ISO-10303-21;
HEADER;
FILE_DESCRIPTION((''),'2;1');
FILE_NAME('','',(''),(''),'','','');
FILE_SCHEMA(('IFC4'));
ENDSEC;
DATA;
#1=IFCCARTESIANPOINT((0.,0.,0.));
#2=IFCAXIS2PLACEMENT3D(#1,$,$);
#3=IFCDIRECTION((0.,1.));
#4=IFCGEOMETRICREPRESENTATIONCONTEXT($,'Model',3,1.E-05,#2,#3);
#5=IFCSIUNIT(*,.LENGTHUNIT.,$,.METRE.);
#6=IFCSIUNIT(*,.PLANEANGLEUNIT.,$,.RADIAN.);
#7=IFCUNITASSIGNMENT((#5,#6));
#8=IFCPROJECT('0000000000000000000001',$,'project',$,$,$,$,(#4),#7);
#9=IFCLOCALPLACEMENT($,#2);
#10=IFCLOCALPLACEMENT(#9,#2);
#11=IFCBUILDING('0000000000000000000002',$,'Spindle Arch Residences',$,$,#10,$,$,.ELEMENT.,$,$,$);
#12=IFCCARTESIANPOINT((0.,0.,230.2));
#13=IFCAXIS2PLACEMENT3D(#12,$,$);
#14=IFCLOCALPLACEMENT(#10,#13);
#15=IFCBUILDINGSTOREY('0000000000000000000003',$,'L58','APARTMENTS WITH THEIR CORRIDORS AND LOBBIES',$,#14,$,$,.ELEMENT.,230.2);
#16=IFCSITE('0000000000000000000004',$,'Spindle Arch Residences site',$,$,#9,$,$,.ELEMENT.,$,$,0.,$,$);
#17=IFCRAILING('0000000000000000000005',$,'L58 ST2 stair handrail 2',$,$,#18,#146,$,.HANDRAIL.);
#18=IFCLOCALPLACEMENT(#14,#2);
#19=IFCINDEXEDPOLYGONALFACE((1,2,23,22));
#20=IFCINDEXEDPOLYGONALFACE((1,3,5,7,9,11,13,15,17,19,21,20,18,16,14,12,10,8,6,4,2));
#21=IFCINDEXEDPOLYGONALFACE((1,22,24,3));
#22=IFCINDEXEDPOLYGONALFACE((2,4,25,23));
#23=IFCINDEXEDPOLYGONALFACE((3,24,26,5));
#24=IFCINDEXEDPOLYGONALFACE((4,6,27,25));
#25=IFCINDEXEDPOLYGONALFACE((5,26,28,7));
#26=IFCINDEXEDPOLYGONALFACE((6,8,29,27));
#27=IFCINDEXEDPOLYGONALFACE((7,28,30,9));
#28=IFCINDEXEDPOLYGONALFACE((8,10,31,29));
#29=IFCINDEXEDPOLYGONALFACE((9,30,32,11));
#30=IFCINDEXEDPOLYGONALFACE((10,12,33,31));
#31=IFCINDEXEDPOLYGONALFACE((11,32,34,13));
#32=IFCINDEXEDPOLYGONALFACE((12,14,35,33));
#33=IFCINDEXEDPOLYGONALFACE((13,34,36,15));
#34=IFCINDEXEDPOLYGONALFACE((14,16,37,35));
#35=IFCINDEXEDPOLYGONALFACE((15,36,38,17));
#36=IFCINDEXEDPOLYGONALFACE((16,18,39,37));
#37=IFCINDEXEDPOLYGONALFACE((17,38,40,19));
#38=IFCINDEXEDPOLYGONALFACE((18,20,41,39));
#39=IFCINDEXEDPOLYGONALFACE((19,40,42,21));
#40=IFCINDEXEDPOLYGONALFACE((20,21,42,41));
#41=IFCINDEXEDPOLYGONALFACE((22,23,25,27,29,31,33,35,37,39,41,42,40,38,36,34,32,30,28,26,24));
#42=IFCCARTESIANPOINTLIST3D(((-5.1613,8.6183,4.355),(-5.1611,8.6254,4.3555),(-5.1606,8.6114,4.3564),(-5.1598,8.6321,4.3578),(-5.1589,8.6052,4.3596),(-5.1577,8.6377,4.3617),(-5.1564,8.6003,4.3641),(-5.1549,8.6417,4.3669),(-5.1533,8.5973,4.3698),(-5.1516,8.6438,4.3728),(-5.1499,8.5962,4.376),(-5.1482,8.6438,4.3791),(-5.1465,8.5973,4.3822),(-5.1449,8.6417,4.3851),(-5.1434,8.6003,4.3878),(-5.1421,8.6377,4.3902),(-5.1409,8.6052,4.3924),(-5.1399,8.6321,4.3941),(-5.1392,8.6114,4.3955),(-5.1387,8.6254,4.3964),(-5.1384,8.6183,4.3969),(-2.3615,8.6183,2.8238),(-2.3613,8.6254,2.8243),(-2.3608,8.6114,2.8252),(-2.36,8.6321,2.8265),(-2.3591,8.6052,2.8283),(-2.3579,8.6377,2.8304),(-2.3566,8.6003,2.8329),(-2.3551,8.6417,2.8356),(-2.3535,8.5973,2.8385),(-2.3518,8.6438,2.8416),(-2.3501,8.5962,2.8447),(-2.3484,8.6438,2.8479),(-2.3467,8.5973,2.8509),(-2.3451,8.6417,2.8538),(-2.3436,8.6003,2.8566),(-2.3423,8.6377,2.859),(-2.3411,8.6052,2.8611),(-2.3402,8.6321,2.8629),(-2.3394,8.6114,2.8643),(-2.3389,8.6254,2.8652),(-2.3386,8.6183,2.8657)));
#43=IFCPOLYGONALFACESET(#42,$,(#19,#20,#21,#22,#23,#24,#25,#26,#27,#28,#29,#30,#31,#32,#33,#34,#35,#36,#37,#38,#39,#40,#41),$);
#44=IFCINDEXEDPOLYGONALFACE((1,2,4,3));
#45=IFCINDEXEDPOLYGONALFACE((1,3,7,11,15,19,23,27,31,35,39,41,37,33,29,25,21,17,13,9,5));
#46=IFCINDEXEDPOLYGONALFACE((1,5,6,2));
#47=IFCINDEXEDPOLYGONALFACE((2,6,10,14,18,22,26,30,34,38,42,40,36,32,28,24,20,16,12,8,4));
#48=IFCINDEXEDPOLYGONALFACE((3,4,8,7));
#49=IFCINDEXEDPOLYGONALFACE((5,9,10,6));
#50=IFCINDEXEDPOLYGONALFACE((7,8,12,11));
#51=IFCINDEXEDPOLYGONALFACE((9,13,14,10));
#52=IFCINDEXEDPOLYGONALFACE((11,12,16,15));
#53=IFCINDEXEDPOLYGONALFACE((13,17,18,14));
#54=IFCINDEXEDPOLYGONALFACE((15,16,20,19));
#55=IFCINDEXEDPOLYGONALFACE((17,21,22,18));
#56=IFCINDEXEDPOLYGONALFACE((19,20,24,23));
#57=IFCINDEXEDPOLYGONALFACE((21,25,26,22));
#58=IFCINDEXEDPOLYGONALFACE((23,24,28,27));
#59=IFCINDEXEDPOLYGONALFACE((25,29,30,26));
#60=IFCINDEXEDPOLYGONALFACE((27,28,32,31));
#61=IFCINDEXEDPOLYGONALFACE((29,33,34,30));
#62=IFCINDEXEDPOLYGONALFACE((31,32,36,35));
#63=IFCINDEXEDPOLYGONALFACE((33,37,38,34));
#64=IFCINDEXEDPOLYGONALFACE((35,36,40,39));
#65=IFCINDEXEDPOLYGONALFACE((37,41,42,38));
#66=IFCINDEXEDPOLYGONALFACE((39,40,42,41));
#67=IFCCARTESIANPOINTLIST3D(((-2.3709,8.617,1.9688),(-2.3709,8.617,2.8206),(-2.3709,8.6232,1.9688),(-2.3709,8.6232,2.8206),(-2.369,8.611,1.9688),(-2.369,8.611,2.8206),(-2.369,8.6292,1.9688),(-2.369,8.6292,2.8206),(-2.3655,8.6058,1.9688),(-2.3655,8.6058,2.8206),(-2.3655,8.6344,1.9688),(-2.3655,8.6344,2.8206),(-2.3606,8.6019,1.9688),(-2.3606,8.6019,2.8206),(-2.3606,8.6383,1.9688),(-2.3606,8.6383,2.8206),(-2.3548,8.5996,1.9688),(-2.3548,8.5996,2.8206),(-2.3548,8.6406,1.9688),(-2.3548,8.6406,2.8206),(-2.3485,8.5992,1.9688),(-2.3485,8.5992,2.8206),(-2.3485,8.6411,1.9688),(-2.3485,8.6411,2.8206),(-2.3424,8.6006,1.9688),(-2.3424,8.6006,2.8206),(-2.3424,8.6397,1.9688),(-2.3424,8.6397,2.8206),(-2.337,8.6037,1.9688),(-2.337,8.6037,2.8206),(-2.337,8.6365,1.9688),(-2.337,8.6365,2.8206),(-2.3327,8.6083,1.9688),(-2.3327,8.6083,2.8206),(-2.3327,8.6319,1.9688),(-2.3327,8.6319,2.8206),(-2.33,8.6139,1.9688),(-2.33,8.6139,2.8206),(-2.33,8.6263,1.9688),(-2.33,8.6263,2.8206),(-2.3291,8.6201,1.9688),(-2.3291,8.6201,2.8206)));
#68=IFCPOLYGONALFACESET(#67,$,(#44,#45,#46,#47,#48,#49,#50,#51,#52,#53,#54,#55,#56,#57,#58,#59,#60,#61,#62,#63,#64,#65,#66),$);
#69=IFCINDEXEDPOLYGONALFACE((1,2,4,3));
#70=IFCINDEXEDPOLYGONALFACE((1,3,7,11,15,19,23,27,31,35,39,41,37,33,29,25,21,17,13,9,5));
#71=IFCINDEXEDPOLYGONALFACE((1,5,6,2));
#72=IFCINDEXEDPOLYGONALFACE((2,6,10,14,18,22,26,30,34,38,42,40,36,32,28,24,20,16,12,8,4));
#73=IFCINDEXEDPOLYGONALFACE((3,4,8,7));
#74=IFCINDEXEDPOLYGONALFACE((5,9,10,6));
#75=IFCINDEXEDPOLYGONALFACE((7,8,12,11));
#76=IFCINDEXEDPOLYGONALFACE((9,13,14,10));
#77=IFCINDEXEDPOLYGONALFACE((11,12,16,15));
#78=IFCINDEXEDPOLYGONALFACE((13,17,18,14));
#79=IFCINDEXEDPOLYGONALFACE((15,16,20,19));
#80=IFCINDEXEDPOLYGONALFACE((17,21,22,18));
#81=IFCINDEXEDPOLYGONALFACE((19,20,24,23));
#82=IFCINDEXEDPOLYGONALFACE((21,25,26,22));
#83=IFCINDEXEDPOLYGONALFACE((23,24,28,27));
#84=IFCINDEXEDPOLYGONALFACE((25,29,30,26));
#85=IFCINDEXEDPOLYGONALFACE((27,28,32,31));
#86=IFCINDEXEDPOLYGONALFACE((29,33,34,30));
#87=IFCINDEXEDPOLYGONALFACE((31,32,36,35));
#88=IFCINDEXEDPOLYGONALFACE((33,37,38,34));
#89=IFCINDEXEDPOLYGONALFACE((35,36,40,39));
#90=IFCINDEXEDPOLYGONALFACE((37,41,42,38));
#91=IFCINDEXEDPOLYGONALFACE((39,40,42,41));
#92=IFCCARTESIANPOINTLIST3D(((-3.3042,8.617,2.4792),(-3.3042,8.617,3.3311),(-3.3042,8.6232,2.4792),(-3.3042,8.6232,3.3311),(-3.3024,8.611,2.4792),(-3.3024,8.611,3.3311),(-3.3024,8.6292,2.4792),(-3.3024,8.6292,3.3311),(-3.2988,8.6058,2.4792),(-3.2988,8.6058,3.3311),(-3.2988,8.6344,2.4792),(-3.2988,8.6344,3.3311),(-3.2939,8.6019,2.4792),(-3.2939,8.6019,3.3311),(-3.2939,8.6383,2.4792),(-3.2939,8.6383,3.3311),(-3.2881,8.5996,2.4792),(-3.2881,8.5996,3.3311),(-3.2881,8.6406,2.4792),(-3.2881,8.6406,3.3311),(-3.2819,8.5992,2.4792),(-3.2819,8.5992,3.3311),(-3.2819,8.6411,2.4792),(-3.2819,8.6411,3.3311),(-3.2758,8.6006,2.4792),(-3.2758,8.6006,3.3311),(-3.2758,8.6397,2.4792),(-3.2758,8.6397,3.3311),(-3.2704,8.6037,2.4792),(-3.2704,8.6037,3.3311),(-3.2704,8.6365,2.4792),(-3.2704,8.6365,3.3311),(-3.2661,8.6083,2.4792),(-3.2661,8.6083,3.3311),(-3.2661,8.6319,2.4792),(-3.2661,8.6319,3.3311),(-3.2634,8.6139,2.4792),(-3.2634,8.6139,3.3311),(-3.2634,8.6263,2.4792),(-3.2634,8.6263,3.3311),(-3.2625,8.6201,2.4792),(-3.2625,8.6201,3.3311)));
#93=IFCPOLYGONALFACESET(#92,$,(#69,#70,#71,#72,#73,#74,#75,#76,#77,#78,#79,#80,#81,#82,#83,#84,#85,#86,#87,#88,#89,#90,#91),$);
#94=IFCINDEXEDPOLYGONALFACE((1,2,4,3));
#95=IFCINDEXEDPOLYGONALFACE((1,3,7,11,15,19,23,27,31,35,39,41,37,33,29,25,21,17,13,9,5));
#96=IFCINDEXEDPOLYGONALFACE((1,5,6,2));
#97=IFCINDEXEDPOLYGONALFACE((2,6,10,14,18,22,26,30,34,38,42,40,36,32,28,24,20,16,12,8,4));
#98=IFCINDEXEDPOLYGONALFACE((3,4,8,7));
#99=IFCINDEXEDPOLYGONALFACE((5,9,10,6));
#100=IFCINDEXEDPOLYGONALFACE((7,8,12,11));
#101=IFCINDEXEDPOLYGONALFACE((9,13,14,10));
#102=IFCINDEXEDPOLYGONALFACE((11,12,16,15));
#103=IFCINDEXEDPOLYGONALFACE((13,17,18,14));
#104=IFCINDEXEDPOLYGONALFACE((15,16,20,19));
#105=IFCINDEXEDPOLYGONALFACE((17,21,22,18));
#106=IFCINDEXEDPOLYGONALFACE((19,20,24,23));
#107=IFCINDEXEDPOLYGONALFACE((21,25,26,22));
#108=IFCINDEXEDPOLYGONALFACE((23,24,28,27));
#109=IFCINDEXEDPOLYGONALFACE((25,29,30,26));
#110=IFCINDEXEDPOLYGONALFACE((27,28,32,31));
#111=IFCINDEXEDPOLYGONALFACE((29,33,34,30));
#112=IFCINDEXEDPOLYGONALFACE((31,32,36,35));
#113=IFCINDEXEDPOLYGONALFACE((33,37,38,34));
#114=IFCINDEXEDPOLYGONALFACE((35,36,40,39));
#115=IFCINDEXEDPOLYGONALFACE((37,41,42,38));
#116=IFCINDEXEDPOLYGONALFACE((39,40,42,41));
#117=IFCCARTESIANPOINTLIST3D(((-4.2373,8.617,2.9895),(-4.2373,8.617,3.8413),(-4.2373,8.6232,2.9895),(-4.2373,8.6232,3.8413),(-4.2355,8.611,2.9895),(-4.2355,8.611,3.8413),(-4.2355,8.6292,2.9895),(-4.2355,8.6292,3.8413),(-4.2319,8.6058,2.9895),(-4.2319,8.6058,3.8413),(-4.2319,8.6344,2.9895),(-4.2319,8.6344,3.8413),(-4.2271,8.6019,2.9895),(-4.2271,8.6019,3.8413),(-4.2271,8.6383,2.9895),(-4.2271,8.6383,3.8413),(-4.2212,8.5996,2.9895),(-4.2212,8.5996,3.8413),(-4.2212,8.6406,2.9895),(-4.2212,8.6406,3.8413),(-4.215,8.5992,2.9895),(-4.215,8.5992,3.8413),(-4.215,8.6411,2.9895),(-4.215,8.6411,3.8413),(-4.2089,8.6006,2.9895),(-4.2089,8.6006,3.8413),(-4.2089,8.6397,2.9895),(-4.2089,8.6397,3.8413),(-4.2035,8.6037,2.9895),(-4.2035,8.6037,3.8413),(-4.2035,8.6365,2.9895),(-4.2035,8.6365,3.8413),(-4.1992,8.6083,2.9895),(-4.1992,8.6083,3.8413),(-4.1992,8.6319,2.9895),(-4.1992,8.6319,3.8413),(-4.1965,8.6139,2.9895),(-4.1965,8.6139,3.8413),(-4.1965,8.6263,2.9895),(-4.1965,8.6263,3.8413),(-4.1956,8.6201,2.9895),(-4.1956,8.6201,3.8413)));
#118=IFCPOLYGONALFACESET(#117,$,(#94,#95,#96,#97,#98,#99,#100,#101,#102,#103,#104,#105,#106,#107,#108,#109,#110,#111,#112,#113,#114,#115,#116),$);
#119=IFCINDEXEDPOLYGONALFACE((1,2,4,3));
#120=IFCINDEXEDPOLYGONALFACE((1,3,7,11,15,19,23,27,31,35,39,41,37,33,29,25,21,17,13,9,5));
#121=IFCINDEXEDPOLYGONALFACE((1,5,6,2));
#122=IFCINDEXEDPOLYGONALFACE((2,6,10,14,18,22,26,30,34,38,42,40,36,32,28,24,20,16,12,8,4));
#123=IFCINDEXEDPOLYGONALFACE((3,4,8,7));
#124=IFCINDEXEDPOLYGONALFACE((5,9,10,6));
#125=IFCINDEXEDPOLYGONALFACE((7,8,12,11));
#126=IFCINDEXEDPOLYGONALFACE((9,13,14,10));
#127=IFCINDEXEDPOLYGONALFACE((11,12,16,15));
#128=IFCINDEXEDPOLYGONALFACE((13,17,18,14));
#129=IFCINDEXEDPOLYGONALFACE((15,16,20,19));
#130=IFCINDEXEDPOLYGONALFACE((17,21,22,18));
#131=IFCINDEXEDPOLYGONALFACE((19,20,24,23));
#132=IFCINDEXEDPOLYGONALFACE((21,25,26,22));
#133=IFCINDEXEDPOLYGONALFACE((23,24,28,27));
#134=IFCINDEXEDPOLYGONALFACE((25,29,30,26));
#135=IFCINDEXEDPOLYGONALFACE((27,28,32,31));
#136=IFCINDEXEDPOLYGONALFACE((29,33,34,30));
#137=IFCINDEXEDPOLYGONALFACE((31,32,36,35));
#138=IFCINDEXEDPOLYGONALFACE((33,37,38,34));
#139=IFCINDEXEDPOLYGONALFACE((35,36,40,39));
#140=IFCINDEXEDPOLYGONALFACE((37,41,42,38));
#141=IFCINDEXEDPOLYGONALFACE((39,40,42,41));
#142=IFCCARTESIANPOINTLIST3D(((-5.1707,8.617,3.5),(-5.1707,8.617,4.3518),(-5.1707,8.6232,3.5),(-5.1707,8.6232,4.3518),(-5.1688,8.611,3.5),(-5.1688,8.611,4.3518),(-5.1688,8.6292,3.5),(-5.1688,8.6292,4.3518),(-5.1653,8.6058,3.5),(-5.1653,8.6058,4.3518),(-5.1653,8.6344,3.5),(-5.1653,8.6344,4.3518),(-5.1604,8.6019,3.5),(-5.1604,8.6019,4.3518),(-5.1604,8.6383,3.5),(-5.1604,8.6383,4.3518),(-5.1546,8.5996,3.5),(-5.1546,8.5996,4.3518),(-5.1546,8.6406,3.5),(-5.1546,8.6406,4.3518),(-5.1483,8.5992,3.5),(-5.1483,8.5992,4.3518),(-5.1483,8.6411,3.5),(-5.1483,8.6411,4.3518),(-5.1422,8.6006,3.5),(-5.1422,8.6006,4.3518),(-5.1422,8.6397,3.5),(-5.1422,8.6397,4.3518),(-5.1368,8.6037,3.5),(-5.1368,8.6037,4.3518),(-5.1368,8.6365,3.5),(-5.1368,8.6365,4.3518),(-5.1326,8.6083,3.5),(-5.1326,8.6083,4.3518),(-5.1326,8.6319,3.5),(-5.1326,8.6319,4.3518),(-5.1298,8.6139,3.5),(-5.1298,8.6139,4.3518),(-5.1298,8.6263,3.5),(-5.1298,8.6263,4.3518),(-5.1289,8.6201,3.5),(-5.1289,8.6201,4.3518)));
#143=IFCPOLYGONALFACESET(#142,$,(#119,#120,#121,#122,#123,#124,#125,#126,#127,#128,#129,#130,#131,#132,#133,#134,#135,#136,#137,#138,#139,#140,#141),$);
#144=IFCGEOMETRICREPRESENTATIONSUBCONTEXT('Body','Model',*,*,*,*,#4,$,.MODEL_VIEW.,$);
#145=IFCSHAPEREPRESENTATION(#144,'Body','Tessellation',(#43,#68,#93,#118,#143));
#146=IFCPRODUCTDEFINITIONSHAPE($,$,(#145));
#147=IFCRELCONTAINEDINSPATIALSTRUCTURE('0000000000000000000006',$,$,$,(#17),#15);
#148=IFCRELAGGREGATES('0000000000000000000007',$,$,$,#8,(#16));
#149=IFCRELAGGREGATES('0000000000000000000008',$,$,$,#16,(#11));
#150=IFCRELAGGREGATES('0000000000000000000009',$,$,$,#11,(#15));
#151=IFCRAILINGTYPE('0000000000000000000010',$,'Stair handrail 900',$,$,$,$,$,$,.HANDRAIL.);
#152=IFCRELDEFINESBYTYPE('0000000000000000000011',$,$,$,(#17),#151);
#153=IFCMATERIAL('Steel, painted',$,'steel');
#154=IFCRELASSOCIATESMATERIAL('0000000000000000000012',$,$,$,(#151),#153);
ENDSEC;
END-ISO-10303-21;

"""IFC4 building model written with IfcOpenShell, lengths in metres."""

from ifc_helpers import new_model, si_unit, direction, frame, origin, origin_2d, place, context, subcontext, project, spatial, circle, extrude, material, type_object, element, save


model = new_model("IFC4")

# Units and contexts
model_context = context("Model", 3, precision=1e-05, world=origin(), true_north=direction((0.0, 1.0)))
body_context = subcontext(model_context, "Body", "Model", "MODEL_VIEW")
ifc_project = project(units=[si_unit("LENGTHUNIT", "METRE"), si_unit("PLANEANGLEUNIT", "RADIAN")], contexts=[model_context])

# Site, building, storey
site_placement = place(None, origin())
site = spatial("IfcSite", under=ifc_project, at=site_placement, Name="Spindle Arch Residences site", CompositionType="ELEMENT", RefElevation=0.0)
building_placement = place(site_placement, origin())
building = spatial("IfcBuilding", under=site, at=building_placement, Name="Spindle Arch Residences", CompositionType="ELEMENT")
storey_placement = place(building_placement, frame((0.0, 0.0, 230.2)))
storey = spatial("IfcBuildingStorey", under=building, at=storey_placement, Name="L58", Description="APARTMENTS WITH THEIR CORRIDORS AND LOBBIES", CompositionType="ELEMENT", Elevation=230.2)

# Railing
ifc_material_1 = material(Name="Steel, painted", Category="steel")
railing_type_1 = type_object("IfcRailingType", Name="Stair handrail 900", PredefinedType="HANDRAIL", material=ifc_material_1)
railing_1_placement = place(storey_placement, frame((-2.3501, 8.6201, 1.9688)))
element("IfcRailing", 1, at=railing_1_placement, inside=storey, type_object=railing_type_1, Name="L58 ST2 stair handrail 2", PredefinedType="HANDRAIL", context=body_context, shape_type="SweptSolid", body=[
    extrude(circle(Radius=0.0239, at=origin_2d()), frame((0.0, 0.0, 0.876), z_axis=(-0.877357, 0.0, 0.479838), x_axis=(0.0, -1.0, 0.0)), (0.0, 0.0, 1.0), 3.1912),
    extrude(circle(Radius=0.021, at=origin_2d()), origin(), (0.0, 0.0, 1.0), 0.8518),
    extrude(circle(Radius=0.021, at=origin_2d()), frame((-0.9333, 0.0, 0.5105)), (0.0, 0.0, 1.0), 0.8518),
    extrude(circle(Radius=0.021, at=origin_2d()), frame((-1.8665, 0.0, 1.0208)), (0.0, 0.0, 1.0), 0.8518),
    extrude(circle(Radius=0.021, at=origin_2d()), frame((-2.7998, 0.0, 1.5312)), (0.0, 0.0, 1.0), 0.8518),
])

save(model, "model.ifc")
